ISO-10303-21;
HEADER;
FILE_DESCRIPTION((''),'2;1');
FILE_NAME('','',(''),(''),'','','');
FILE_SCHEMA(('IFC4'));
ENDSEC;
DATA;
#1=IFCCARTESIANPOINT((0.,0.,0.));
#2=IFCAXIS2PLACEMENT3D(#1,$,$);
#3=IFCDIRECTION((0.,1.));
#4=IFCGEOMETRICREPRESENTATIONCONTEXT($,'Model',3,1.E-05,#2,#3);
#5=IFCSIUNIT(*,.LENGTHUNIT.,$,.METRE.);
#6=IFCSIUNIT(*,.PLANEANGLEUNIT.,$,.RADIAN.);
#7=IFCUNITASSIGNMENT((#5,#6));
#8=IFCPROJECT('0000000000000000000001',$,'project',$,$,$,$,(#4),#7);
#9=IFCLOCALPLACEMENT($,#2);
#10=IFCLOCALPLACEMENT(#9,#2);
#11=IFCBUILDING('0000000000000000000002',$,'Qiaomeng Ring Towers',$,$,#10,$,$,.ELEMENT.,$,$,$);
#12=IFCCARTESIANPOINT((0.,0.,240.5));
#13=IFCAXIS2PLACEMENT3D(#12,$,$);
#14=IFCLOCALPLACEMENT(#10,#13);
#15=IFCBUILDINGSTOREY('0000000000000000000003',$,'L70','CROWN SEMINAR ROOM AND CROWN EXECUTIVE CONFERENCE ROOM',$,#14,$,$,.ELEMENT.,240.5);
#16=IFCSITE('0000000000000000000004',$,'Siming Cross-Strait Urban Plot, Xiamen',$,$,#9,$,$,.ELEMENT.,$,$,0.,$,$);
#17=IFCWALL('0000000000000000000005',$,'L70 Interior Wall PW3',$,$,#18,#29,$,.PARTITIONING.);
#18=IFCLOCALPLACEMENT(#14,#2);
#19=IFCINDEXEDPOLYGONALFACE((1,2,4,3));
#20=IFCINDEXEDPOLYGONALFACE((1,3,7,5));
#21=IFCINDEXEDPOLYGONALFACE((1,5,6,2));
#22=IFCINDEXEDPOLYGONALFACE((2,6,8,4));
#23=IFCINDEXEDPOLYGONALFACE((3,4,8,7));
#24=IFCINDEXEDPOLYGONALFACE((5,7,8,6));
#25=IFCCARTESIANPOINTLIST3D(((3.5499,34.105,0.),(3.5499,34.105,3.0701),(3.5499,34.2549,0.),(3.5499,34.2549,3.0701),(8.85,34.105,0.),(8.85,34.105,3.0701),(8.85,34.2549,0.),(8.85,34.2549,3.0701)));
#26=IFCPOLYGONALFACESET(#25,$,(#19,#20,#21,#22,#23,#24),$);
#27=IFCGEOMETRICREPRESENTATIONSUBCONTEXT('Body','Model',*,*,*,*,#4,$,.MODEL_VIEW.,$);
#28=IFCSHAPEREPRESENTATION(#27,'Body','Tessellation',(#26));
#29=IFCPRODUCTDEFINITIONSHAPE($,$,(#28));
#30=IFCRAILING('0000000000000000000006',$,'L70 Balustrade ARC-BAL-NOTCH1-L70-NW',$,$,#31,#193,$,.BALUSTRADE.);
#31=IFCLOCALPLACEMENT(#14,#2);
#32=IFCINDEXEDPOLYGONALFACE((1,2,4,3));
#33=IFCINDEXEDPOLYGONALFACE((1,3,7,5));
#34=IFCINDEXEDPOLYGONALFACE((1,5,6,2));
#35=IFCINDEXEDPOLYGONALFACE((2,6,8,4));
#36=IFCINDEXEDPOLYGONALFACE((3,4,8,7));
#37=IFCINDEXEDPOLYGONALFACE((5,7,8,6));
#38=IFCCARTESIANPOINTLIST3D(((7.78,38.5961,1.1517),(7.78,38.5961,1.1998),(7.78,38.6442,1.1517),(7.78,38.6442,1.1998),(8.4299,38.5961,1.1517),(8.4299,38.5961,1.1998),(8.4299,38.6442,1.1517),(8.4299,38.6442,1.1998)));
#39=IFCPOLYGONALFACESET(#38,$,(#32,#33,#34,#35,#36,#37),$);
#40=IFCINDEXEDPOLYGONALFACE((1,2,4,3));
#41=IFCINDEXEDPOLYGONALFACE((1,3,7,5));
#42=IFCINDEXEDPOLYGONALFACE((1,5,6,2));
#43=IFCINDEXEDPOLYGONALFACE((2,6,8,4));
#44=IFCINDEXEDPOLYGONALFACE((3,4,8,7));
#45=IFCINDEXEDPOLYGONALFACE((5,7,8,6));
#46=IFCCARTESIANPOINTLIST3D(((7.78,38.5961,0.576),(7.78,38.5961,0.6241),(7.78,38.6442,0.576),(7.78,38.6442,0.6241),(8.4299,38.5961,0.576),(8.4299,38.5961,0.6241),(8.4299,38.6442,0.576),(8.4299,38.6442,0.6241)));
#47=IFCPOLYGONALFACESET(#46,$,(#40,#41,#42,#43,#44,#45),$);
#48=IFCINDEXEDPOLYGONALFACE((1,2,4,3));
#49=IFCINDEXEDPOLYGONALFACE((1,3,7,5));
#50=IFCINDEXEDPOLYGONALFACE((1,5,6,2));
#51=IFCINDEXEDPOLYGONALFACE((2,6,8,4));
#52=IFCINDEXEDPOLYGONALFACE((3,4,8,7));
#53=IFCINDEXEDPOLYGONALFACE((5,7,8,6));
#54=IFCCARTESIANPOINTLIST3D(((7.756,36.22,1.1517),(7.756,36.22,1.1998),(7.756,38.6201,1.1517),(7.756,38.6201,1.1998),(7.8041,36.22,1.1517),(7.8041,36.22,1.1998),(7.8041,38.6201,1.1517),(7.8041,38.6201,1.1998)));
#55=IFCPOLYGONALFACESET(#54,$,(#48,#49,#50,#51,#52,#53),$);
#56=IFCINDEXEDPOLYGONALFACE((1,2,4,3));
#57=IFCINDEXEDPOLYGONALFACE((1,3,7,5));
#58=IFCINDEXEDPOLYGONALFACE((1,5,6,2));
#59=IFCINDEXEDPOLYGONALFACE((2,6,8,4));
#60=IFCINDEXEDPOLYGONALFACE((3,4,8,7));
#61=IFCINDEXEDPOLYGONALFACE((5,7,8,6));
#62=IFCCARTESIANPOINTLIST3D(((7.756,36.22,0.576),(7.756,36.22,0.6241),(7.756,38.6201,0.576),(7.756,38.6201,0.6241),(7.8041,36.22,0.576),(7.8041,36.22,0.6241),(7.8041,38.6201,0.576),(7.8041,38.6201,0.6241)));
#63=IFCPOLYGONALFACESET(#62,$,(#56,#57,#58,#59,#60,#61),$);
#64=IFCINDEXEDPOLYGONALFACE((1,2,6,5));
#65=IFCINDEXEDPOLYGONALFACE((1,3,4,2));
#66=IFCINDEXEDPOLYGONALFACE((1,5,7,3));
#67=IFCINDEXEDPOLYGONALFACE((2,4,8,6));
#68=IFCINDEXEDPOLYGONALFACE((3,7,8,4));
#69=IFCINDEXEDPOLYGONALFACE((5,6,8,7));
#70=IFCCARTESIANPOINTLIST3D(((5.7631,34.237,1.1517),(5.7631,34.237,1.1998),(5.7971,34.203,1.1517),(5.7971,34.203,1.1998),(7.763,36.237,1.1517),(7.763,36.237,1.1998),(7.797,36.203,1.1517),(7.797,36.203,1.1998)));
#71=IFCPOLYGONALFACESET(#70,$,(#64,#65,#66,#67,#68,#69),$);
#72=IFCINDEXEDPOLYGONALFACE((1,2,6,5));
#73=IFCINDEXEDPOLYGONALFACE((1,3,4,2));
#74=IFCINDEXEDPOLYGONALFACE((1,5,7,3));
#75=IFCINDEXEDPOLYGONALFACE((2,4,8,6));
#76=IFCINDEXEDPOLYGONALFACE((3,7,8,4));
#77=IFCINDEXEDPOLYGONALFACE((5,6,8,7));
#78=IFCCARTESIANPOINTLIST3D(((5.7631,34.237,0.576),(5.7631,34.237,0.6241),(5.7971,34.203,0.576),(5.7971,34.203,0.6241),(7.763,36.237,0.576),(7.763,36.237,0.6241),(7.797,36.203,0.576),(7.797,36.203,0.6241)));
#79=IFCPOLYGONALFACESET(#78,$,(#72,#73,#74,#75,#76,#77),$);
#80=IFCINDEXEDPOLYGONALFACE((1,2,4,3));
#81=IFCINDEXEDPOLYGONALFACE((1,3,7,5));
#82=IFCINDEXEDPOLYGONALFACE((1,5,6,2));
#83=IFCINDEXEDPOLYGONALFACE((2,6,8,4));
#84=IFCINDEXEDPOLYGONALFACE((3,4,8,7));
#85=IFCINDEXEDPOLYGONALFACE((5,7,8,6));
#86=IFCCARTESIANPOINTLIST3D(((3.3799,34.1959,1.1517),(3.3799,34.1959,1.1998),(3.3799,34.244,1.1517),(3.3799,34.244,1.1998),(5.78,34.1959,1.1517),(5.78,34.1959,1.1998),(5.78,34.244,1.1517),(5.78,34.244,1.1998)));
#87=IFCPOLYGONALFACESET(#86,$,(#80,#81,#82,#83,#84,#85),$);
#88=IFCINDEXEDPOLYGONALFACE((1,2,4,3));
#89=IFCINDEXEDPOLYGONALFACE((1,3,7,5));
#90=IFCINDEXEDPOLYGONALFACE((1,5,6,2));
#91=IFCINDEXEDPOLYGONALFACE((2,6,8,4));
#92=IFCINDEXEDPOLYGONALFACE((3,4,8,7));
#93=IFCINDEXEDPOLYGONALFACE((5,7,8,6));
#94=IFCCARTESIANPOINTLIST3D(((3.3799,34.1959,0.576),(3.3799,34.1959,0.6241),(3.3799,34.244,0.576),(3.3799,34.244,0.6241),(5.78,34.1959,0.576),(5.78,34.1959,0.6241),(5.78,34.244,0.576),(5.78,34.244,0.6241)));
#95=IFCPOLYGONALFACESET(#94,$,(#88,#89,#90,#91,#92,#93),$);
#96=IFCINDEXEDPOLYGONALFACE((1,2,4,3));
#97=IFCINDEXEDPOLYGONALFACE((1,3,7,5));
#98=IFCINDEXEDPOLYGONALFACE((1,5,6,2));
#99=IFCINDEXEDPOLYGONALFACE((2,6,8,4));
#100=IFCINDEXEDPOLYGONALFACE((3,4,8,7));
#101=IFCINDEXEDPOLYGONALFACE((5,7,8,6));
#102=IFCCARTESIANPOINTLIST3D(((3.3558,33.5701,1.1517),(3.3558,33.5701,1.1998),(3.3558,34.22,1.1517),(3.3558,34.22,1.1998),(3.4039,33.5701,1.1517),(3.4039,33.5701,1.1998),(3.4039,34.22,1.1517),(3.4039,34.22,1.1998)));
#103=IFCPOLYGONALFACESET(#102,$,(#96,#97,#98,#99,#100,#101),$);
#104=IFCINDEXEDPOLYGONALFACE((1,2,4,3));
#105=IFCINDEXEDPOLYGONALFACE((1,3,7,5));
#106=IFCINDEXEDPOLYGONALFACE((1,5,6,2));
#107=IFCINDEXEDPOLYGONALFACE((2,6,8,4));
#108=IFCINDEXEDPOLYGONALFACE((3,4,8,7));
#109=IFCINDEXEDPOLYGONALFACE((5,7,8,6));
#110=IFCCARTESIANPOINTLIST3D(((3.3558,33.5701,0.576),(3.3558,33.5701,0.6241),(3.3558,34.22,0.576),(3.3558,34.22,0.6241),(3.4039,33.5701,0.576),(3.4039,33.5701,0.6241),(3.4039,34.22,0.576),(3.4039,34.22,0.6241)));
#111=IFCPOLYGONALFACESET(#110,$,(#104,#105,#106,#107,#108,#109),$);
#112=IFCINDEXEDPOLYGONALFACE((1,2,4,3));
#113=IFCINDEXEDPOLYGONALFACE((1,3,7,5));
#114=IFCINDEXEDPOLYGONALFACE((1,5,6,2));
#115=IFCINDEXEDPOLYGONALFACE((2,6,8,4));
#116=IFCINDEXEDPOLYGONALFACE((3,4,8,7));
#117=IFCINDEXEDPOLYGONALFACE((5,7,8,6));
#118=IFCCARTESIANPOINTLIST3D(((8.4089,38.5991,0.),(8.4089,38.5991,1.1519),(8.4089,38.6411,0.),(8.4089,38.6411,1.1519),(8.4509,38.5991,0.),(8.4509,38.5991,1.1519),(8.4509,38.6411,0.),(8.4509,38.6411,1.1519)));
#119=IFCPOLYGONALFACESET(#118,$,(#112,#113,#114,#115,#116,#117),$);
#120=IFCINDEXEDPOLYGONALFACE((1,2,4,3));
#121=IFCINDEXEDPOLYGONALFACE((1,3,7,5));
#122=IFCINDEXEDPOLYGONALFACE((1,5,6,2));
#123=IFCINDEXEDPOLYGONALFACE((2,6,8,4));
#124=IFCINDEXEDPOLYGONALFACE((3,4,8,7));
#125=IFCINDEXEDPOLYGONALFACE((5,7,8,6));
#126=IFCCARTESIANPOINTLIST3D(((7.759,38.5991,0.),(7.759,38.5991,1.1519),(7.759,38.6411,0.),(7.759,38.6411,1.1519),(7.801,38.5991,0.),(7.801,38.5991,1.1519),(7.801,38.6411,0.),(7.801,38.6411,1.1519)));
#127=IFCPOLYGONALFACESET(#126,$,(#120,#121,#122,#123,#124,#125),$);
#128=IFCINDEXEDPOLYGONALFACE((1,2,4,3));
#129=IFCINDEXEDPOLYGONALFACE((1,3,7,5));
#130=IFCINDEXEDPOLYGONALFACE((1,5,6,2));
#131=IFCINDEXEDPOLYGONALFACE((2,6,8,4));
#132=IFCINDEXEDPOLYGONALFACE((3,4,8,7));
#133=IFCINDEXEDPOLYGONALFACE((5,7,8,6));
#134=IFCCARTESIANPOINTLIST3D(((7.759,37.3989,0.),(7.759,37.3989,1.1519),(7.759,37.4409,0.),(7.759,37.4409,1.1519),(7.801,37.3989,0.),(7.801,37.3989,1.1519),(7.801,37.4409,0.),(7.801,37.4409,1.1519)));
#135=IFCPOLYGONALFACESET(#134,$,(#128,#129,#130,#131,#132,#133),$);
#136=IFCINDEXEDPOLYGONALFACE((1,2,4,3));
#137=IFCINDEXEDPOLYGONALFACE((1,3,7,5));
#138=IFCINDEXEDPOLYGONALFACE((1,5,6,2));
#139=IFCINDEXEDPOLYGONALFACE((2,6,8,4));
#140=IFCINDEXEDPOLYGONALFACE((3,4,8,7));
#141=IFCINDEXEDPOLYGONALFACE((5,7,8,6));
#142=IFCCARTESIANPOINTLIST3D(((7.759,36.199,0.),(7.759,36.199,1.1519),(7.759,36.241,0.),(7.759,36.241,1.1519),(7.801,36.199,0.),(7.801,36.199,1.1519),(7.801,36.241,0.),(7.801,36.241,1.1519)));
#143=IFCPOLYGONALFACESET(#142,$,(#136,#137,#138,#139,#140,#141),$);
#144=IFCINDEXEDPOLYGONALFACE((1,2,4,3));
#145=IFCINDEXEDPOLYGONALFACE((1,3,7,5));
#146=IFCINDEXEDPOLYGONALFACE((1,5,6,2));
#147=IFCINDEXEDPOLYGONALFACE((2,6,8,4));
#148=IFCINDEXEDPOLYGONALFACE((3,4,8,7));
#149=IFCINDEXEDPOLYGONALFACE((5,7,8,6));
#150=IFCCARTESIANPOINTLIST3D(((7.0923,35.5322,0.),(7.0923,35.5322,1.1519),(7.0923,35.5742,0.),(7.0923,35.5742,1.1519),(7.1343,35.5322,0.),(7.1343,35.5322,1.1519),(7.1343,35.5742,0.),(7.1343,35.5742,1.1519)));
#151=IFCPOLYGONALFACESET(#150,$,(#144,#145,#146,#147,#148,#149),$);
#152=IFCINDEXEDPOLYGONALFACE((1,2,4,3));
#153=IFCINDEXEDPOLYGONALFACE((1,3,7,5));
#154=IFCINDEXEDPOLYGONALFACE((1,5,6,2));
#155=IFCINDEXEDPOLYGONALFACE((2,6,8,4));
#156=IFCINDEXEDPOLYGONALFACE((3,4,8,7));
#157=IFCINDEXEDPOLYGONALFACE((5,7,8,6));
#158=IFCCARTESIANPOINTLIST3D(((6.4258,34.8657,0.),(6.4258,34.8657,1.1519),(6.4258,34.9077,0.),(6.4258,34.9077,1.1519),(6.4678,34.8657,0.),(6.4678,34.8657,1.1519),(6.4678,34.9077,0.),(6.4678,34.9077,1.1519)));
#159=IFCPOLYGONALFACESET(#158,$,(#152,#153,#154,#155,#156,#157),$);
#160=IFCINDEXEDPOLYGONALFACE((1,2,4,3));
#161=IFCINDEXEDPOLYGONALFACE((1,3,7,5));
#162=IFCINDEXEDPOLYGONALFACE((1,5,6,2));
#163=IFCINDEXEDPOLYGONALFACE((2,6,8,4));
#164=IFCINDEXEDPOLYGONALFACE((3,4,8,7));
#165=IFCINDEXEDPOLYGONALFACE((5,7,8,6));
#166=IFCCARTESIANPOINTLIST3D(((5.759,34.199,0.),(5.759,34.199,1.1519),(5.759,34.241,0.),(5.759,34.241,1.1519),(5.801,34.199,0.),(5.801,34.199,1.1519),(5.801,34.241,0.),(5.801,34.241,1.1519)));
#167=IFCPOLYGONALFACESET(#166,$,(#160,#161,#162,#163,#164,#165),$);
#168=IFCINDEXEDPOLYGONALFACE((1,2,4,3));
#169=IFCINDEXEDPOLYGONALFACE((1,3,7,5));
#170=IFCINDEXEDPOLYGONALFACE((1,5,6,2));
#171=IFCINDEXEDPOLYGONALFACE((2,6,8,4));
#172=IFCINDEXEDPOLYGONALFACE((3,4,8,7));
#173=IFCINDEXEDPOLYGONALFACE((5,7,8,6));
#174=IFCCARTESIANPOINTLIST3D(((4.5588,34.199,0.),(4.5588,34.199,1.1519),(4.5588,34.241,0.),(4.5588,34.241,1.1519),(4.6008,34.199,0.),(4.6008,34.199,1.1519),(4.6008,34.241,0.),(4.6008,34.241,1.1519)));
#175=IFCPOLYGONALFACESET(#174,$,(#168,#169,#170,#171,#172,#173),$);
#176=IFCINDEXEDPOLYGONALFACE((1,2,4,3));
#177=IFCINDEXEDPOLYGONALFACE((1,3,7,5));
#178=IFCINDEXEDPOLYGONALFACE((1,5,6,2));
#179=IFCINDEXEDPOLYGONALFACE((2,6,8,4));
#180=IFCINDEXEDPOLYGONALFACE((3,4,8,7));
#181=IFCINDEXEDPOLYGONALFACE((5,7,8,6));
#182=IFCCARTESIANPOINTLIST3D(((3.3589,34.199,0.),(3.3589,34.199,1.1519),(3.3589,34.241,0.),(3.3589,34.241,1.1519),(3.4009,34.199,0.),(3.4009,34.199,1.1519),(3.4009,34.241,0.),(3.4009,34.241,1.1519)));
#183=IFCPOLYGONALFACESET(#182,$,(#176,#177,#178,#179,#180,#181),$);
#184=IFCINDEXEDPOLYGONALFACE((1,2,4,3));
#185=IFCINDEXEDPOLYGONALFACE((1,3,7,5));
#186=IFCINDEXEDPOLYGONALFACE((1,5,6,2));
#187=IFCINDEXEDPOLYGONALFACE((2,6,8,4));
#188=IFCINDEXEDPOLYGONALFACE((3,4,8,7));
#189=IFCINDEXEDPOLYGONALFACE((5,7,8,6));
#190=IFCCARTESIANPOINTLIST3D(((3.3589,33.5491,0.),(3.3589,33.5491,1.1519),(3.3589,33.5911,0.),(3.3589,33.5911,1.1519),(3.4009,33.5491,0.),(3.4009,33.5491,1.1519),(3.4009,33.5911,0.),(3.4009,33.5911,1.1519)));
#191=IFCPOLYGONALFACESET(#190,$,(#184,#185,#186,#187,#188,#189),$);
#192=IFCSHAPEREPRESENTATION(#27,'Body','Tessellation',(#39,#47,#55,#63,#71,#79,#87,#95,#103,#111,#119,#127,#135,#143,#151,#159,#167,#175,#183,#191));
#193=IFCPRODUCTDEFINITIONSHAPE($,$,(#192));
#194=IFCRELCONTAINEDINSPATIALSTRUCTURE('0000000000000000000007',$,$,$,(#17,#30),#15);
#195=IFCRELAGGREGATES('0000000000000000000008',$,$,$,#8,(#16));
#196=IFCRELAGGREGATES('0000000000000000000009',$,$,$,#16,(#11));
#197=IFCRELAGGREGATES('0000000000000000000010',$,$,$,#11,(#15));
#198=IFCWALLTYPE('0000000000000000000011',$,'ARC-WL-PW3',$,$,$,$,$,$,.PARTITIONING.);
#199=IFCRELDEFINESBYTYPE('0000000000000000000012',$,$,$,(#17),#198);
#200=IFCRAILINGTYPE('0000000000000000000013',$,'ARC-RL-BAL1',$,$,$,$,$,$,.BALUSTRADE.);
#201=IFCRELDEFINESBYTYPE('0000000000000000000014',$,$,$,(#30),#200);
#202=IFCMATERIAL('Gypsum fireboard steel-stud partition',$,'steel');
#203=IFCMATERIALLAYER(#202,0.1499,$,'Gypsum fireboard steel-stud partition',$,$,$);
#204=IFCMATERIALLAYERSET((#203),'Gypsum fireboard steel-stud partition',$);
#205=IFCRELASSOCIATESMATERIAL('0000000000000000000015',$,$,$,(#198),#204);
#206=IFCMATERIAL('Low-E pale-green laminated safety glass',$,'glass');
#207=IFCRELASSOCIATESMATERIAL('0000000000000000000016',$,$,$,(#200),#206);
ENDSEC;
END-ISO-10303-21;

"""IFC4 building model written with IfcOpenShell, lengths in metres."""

from ifc_helpers import new_model, si_unit, direction, frame, frame_2d, origin, origin_2d, place, context, subcontext, project, spatial, rectangle, extrude, material, layer, layer_set, type_object, element, save


model = new_model("IFC4")

# Units and contexts
model_context = context("Model", 3, precision=1e-05, world=origin(), true_north=direction((0.0, 1.0)))
body_context = subcontext(model_context, "Body", "Model", "MODEL_VIEW")
ifc_project = project(units=[si_unit("LENGTHUNIT", "METRE"), si_unit("PLANEANGLEUNIT", "RADIAN")], contexts=[model_context])

# Site, building, storey
site_placement = place(None, origin())
site = spatial("IfcSite", under=ifc_project, at=site_placement, Name="Siming Cross-Strait Urban Plot, Xiamen", CompositionType="ELEMENT", RefElevation=0.0)
building_placement = place(site_placement, origin())
building = spatial("IfcBuilding", under=site, at=building_placement, Name="Qiaomeng Ring Towers", CompositionType="ELEMENT")
storey_placement = place(building_placement, frame((0.0, 0.0, 240.5)))
storey = spatial("IfcBuildingStorey", under=building, at=storey_placement, Name="L70", Description="CROWN SEMINAR ROOM AND CROWN EXECUTIVE CONFERENCE ROOM", CompositionType="ELEMENT", Elevation=240.5)

# Wall
ifc_material_1 = material(Name="Gypsum fireboard steel-stud partition", Category="steel")
ifc_layer_1 = layer(ifc_material_1, 0.1499, Name="Gypsum fireboard steel-stud partition")
ifc_layer_set_1 = layer_set([ifc_layer_1], Name="Gypsum fireboard steel-stud partition")
wall_type_1 = type_object("IfcWallType", Name="ARC-WL-PW3", PredefinedType="PARTITIONING", material=ifc_layer_set_1)
wall_1_placement = place(storey_placement, frame((3.55, 34.1799, 0.0), z_axis=(0.0, 0.0, 1.0), x_axis=(1.0, 0.0, 0.0)))
element("IfcWall", 1, at=wall_1_placement, inside=storey, type_object=wall_type_1, Name="L70 Interior Wall PW3", PredefinedType="PARTITIONING", context=body_context, shape_type="SweptSolid", body=[
    extrude(rectangle(XDim=5.3, YDim=0.1499, at=frame_2d((2.6499, 0.0))), origin(), (0.0, 0.0, 1.0), 3.0701),
])

# Railing
ifc_material_2 = material(Name="Low-E pale-green laminated safety glass", Category="glass")
railing_type = type_object("IfcRailingType", Name="ARC-RL-BAL1", PredefinedType="BALUSTRADE", material=ifc_material_2)
railing_placement = place(storey_placement, frame((8.4299, 38.6201, 0.0)))
element("IfcRailing", 2, at=railing_placement, inside=storey, type_object=railing_type, Name="L70 Balustrade ARC-BAL-NOTCH1-L70-NW", PredefinedType="BALUSTRADE", context=body_context, shape_type="SweptSolid", body=[
    extrude(rectangle(XDim=0.0481, YDim=0.0481, at=origin_2d()), frame((0.0, 0.0, 1.1758), z_axis=(-1.0, 0.0, 0.0), x_axis=(0.0, -1.0, 0.0)), (0.0, 0.0, 1.0), 0.6499),
    extrude(rectangle(XDim=0.0481, YDim=0.0481, at=origin_2d()), frame((0.0, 0.0, 0.6001), z_axis=(-1.0, 0.0, 0.0), x_axis=(0.0, -1.0, 0.0)), (0.0, 0.0, 1.0), 0.6499),
    extrude(rectangle(XDim=0.0481, YDim=0.0481, at=origin_2d()), frame((-0.6499, 0.0, 1.1758), z_axis=(0.0, -1.0, 0.0), x_axis=(1.0, 0.0, 0.0)), (0.0, 0.0, 1.0), 2.4001),
    extrude(rectangle(XDim=0.0481, YDim=0.0481, at=origin_2d()), frame((-0.6499, 0.0, 0.6001), z_axis=(0.0, -1.0, 0.0), x_axis=(1.0, 0.0, 0.0)), (0.0, 0.0, 1.0), 2.4001),
    extrude(rectangle(XDim=0.0481, YDim=0.0481, at=origin_2d()), frame((-0.6499, -2.4001, 1.1758), z_axis=(-0.707107, -0.707107, 0.0), x_axis=(0.707107, -0.707107, 0.0)), (0.0, 0.0, 1.0), 2.8284),
    extrude(rectangle(XDim=0.0481, YDim=0.0481, at=origin_2d()), frame((-0.6499, -2.4001, 0.6001), z_axis=(-0.707107, -0.707107, 0.0), x_axis=(0.707107, -0.707107, 0.0)), (0.0, 0.0, 1.0), 2.8284),
    extrude(rectangle(XDim=0.0481, YDim=0.0481, at=origin_2d()), frame((-2.6499, -4.4001, 1.1758), z_axis=(-1.0, 0.0, 0.0), x_axis=(0.0, -1.0, 0.0)), (0.0, 0.0, 1.0), 2.4001),
    extrude(rectangle(XDim=0.0481, YDim=0.0481, at=origin_2d()), frame((-2.6499, -4.4001, 0.6001), z_axis=(-1.0, 0.0, 0.0), x_axis=(0.0, -1.0, 0.0)), (0.0, 0.0, 1.0), 2.4001),
    extrude(rectangle(XDim=0.0481, YDim=0.0481, at=origin_2d()), frame((-5.05, -4.4001, 1.1758), z_axis=(0.0, -1.0, 0.0), x_axis=(1.0, 0.0, 0.0)), (0.0, 0.0, 1.0), 0.6499),
    extrude(rectangle(XDim=0.0481, YDim=0.0481, at=origin_2d()), frame((-5.05, -4.4001, 0.6001), z_axis=(0.0, -1.0, 0.0), x_axis=(1.0, 0.0, 0.0)), (0.0, 0.0, 1.0), 0.6499),
    extrude(rectangle(XDim=0.042, YDim=0.042, at=origin_2d()), origin(), (0.0, 0.0, 1.0), 1.1519),
    extrude(rectangle(XDim=0.042, YDim=0.042, at=origin_2d()), frame((-0.6499, 0.0, 0.0)), (0.0, 0.0, 1.0), 1.1519),
    extrude(rectangle(XDim=0.042, YDim=0.042, at=origin_2d()), frame((-0.6499, -1.2002, 0.0)), (0.0, 0.0, 1.0), 1.1519),
    extrude(rectangle(XDim=0.042, YDim=0.042, at=origin_2d()), frame((-0.6499, -2.4001, 0.0)), (0.0, 0.0, 1.0), 1.1519),
    extrude(rectangle(XDim=0.042, YDim=0.042, at=origin_2d()), frame((-1.3167, -3.0669, 0.0)), (0.0, 0.0, 1.0), 1.1519),
    extrude(rectangle(XDim=0.042, YDim=0.042, at=origin_2d()), frame((-1.9832, -3.7334, 0.0)), (0.0, 0.0, 1.0), 1.1519),
    extrude(rectangle(XDim=0.042, YDim=0.042, at=origin_2d()), frame((-2.6499, -4.4001, 0.0)), (0.0, 0.0, 1.0), 1.1519),
    extrude(rectangle(XDim=0.042, YDim=0.042, at=origin_2d()), frame((-3.8501, -4.4001, 0.0)), (0.0, 0.0, 1.0), 1.1519),
    extrude(rectangle(XDim=0.042, YDim=0.042, at=origin_2d()), frame((-5.05, -4.4001, 0.0)), (0.0, 0.0, 1.0), 1.1519),
    extrude(rectangle(XDim=0.042, YDim=0.042, at=origin_2d()), frame((-5.05, -5.05, 0.0)), (0.0, 0.0, 1.0), 1.1519),
])

save(model, "model.ifc")
